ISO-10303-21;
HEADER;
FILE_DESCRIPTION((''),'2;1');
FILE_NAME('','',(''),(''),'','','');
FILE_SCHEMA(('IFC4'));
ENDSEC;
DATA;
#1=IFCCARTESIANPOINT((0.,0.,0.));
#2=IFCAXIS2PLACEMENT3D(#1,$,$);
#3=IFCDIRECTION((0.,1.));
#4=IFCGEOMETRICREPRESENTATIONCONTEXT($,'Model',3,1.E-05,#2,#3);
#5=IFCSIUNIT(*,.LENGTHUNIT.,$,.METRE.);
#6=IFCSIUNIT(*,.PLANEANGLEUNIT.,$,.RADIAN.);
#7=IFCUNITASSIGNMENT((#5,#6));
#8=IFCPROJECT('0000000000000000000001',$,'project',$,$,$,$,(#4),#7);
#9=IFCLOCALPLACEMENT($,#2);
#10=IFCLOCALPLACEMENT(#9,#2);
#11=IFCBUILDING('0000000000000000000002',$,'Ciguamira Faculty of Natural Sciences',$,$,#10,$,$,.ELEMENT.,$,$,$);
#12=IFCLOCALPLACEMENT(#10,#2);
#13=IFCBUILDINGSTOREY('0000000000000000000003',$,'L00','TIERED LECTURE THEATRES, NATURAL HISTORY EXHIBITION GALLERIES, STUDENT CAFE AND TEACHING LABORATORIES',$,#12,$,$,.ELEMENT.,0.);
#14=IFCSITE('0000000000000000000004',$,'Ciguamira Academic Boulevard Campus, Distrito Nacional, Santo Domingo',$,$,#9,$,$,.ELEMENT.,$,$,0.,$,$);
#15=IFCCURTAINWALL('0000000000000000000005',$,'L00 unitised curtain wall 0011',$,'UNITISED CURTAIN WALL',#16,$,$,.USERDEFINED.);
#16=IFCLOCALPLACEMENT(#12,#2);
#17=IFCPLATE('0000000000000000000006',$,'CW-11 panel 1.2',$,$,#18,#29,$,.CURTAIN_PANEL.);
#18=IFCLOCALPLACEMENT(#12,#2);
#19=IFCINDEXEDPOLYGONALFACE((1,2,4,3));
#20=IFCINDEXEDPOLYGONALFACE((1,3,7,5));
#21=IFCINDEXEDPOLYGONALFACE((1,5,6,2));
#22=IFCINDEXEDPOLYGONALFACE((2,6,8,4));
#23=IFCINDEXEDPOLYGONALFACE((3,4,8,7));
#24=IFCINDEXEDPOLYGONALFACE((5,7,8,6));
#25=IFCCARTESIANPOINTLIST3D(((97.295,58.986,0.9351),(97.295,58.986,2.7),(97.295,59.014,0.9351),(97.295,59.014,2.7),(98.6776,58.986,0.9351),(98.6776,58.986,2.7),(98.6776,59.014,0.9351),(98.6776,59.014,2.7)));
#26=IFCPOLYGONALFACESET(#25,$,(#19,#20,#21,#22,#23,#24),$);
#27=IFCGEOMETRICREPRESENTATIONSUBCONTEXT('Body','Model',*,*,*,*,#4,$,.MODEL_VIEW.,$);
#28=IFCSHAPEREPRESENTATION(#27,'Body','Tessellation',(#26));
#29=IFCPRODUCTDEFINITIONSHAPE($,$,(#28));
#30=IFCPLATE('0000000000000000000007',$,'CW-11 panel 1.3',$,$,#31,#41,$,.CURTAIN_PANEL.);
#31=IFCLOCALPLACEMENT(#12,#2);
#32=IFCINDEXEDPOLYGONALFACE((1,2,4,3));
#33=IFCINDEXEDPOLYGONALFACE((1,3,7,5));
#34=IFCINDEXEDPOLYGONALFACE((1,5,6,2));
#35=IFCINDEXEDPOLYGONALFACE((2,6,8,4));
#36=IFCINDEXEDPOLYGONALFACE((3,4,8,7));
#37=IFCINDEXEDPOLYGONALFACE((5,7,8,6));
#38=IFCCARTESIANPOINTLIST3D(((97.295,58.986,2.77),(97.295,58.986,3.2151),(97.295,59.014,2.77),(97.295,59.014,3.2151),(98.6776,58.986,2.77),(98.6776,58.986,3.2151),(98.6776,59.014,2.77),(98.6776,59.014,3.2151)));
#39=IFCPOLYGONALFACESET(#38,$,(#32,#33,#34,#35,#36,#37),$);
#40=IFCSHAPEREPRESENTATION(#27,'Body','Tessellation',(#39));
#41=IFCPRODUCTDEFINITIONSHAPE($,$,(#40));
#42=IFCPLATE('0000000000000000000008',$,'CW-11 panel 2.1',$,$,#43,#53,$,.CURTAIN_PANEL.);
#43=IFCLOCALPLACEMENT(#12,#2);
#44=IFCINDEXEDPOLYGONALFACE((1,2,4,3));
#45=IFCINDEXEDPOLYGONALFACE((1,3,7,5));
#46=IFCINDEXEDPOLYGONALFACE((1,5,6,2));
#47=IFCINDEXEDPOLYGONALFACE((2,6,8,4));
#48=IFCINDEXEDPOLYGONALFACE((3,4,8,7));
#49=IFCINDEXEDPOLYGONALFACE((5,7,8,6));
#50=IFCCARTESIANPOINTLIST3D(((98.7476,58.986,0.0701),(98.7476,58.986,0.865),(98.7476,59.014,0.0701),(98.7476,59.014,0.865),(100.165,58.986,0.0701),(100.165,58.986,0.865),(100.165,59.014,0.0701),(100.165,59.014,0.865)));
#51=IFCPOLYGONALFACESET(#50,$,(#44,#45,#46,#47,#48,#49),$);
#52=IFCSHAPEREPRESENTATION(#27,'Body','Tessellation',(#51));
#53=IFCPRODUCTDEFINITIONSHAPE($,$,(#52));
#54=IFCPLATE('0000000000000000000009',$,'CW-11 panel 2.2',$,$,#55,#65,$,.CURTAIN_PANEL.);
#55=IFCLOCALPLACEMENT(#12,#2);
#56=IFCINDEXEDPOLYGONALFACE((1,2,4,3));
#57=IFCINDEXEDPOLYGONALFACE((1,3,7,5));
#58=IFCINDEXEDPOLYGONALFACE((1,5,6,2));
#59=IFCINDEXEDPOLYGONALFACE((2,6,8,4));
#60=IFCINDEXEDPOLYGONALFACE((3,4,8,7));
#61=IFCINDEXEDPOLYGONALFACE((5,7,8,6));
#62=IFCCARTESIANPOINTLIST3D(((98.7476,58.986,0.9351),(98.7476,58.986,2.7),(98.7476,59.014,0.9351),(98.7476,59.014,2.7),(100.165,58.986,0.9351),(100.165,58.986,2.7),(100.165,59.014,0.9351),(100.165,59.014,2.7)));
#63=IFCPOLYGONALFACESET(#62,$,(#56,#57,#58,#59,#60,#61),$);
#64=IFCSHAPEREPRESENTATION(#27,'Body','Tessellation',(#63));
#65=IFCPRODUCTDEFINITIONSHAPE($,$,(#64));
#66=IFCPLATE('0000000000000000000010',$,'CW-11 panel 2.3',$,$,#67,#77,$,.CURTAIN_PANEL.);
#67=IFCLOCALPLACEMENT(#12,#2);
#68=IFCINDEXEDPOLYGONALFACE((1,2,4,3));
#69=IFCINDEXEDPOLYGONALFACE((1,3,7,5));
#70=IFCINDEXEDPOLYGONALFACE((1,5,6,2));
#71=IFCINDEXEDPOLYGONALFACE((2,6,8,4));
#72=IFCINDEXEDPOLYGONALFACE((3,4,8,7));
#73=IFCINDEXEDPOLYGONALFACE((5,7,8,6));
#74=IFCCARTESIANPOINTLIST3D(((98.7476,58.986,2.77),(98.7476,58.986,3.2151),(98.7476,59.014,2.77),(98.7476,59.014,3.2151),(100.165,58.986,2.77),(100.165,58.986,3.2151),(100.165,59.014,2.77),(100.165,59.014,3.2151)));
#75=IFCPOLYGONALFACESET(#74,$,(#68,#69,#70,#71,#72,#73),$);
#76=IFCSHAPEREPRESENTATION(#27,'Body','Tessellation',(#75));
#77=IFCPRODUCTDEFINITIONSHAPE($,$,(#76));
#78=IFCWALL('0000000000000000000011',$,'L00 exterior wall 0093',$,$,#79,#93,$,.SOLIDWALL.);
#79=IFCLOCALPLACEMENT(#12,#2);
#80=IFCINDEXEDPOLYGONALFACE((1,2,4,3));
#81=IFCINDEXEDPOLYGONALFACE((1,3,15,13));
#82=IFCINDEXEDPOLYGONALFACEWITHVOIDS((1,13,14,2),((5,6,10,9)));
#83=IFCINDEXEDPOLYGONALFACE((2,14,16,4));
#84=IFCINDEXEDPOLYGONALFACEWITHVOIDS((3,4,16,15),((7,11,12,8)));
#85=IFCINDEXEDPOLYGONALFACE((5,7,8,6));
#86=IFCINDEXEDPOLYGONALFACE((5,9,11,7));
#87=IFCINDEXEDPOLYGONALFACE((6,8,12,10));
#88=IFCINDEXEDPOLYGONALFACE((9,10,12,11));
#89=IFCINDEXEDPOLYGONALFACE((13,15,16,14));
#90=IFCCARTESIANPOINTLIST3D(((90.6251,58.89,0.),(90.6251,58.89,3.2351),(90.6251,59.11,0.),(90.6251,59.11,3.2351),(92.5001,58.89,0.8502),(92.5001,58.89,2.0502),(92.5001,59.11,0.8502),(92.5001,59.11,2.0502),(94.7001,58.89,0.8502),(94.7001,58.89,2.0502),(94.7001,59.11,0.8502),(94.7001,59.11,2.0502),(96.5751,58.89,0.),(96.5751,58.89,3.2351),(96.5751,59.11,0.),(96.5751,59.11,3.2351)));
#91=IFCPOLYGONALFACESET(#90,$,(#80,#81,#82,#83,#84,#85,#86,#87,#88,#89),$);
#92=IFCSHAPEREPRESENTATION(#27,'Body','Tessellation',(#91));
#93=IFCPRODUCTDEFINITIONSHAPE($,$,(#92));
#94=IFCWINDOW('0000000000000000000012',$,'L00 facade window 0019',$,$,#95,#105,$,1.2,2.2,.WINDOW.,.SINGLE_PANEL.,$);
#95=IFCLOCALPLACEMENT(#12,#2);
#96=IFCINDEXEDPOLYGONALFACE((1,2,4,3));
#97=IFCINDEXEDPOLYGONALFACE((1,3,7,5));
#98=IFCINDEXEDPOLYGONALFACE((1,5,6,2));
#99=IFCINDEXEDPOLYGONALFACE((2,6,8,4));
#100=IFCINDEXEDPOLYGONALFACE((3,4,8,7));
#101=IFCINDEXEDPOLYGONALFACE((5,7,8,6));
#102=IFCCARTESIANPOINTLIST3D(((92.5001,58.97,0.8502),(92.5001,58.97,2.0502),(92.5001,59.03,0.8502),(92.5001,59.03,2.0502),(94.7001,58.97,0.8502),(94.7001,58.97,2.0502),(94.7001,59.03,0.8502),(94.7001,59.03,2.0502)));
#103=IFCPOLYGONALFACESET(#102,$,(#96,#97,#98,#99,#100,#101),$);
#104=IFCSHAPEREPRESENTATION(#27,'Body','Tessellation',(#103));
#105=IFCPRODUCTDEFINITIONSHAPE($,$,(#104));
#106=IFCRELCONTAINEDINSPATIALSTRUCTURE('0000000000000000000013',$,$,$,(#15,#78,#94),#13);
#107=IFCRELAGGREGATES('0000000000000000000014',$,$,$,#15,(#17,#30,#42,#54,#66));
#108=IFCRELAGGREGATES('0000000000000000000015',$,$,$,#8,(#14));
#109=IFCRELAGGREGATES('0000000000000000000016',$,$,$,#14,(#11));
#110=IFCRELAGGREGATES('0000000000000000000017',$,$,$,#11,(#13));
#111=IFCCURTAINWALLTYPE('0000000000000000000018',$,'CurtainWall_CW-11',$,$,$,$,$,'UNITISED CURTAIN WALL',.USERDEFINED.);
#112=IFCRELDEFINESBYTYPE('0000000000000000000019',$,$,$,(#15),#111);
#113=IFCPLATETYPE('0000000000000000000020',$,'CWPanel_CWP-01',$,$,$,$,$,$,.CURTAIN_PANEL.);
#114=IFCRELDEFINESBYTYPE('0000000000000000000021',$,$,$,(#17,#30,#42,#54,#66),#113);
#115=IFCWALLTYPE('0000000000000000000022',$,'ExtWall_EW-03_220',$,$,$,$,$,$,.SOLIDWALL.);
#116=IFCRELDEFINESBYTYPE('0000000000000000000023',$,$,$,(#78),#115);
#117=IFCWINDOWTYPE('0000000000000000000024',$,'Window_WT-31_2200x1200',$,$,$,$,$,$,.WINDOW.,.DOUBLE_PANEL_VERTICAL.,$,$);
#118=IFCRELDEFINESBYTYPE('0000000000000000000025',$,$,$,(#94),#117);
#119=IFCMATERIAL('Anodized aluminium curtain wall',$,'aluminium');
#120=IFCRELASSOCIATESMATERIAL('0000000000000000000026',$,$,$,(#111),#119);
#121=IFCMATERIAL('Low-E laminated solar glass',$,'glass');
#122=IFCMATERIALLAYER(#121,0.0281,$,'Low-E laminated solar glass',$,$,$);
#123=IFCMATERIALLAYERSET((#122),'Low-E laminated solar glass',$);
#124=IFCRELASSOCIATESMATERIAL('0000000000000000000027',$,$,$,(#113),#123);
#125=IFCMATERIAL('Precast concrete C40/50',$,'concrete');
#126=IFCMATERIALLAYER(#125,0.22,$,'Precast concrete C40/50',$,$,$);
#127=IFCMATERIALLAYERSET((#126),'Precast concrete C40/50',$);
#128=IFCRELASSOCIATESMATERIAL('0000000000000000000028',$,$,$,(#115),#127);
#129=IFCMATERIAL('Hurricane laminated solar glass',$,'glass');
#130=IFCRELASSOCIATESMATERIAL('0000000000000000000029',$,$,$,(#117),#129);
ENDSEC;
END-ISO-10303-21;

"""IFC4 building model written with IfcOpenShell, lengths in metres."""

from ifc_helpers import new_model, si_unit, direction, frame, frame_2d, origin, origin_2d, place, context, subcontext, project, spatial, rectangle, extrude, material, layer, layer_set, type_object, element, fill, aggregate, save


model = new_model("IFC4")

# Units and contexts
model_context = context("Model", 3, precision=1e-05, world=origin(), true_north=direction((0.0, 1.0)))
body_context = subcontext(model_context, "Body", "Model", "MODEL_VIEW")
ifc_project = project(units=[si_unit("LENGTHUNIT", "METRE"), si_unit("PLANEANGLEUNIT", "RADIAN")], contexts=[model_context])

# Site, building, storey
site_placement = place(None, origin())
site = spatial("IfcSite", under=ifc_project, at=site_placement, Name="Ciguamira Academic Boulevard Campus, Distrito Nacional, Santo Domingo", CompositionType="ELEMENT", RefElevation=0.0)
building_placement = place(site_placement, origin())
building = spatial("IfcBuilding", under=site, at=building_placement, Name="Ciguamira Faculty of Natural Sciences", CompositionType="ELEMENT")
storey_placement = place(building_placement, origin())
storey = spatial("IfcBuildingStorey", under=building, at=storey_placement, Name="L00", Description="TIERED LECTURE THEATRES, NATURAL HISTORY EXHIBITION GALLERIES, STUDENT CAFE AND TEACHING LABORATORIES", CompositionType="ELEMENT", Elevation=0.0)

# Curtain wall
ifc_material_1 = material(Name="Anodized aluminium curtain wall", Category="aluminium")
curtain_wall_type = type_object("IfcCurtainWallType", Name="CurtainWall_CW-11", ElementType="UNITISED CURTAIN WALL", PredefinedType="USERDEFINED", material=ifc_material_1)
curtain_wall_placement = place(storey_placement, origin())
curtain_wall = element("IfcCurtainWall", 1, at=curtain_wall_placement, inside=storey, type_object=curtain_wall_type, Name="L00 unitised curtain wall 0011", ObjectType="UNITISED CURTAIN WALL", PredefinedType="USERDEFINED")

# Plates
ifc_material_2 = material(Name="Low-E laminated solar glass", Category="glass")
ifc_layer_1 = layer(ifc_material_2, 0.0281, Name="Low-E laminated solar glass")
ifc_layer_set_1 = layer_set([ifc_layer_1], Name="Low-E laminated solar glass")
plate_type = type_object("IfcPlateType", Name="CWPanel_CWP-01", PredefinedType="CURTAIN_PANEL", material=ifc_layer_set_1)
plate_1_placement = place(storey_placement, frame((97.9863, 59.0, 0.9351), z_axis=(0.0, 0.0, 1.0), x_axis=(1.0, 0.0, 0.0)))
plate_1 = element("IfcPlate", 2, at=plate_1_placement, type_object=plate_type, Name="CW-11 panel 1.2", PredefinedType="CURTAIN_PANEL", context=body_context, shape_type="SweptSolid", body=[
    extrude(rectangle(XDim=1.3826, YDim=0.0281, at=origin_2d()), origin(), (0.0, 0.0, 1.0), 1.7649),
])
plate_2_placement = place(storey_placement, frame((97.9863, 59.0, 2.77), z_axis=(0.0, 0.0, 1.0), x_axis=(1.0, 0.0, 0.0)))
plate_2 = element("IfcPlate", 3, at=plate_2_placement, type_object=plate_type, Name="CW-11 panel 1.3", PredefinedType="CURTAIN_PANEL", context=body_context, shape_type="SweptSolid", body=[
    extrude(rectangle(XDim=1.3826, YDim=0.0281, at=origin_2d()), origin(), (0.0, 0.0, 1.0), 0.4451),
])
plate_3_placement = place(storey_placement, frame((99.4563, 59.0, 0.0701), z_axis=(0.0, 0.0, 1.0), x_axis=(1.0, 0.0, 0.0)))
plate_3 = element("IfcPlate", 4, at=plate_3_placement, type_object=plate_type, Name="CW-11 panel 2.1", PredefinedType="CURTAIN_PANEL", context=body_context, shape_type="SweptSolid", body=[
    extrude(rectangle(XDim=1.4175, YDim=0.0281, at=origin_2d()), origin(), (0.0, 0.0, 1.0), 0.7949),
])
plate_4_placement = place(storey_placement, frame((99.4563, 59.0, 0.9351), z_axis=(0.0, 0.0, 1.0), x_axis=(1.0, 0.0, 0.0)))
plate_4 = element("IfcPlate", 5, at=plate_4_placement, type_object=plate_type, Name="CW-11 panel 2.2", PredefinedType="CURTAIN_PANEL", context=body_context, shape_type="SweptSolid", body=[
    extrude(rectangle(XDim=1.4175, YDim=0.0281, at=origin_2d()), origin(), (0.0, 0.0, 1.0), 1.7649),
])
plate_5_placement = place(storey_placement, frame((99.4563, 59.0, 2.77), z_axis=(0.0, 0.0, 1.0), x_axis=(1.0, 0.0, 0.0)))
plate_5 = element("IfcPlate", 6, at=plate_5_placement, type_object=plate_type, Name="CW-11 panel 2.3", PredefinedType="CURTAIN_PANEL", context=body_context, shape_type="SweptSolid", body=[
    extrude(rectangle(XDim=1.4175, YDim=0.0281, at=origin_2d()), origin(), (0.0, 0.0, 1.0), 0.4451),
])
aggregate(curtain_wall, [plate_1, plate_2, plate_3, plate_4, plate_5])

# Wall, opening, window
ifc_material_3 = material(Name="Precast concrete C40/50", Category="concrete")
ifc_layer_2 = layer(ifc_material_3, 0.22, Name="Precast concrete C40/50")
ifc_layer_set_2 = layer_set([ifc_layer_2], Name="Precast concrete C40/50")
wall_type = type_object("IfcWallType", Name="ExtWall_EW-03_220", PredefinedType="SOLIDWALL", material=ifc_layer_set_2)
wall_placement = place(storey_placement, frame((90.625, 59.0, 0.0), z_axis=(0.0, 0.0, 1.0), x_axis=(1.0, 0.0, 0.0)))
wall = element("IfcWall", 7, at=wall_placement, inside=storey, type_object=wall_type, Name="L00 exterior wall 0093", PredefinedType="SOLIDWALL", context=body_context, shape_type="SweptSolid", body=[
    extrude(rectangle(XDim=5.95, YDim=0.22, at=frame_2d((2.9751, 0.0))), origin(), (0.0, 0.0, 1.0), 3.2351),
])
opening_placement = place(wall_placement, frame((1.875, 0.0, 0.8501)))
opening = element("IfcOpeningElement", 8, at=opening_placement, cuts=wall, PredefinedType="OPENING", context=body_context, shape_type="SweptSolid", body=[
    extrude(rectangle(XDim=2.2, YDim=1.2, at=frame_2d((1.1001, 0.6001))), frame((0.0, 0.1199, 0.0), z_axis=(0.0, -1.0, 0.0), x_axis=(1.0, 0.0, 0.0)), (0.0, 0.0, 1.0), 0.24),
])
ifc_material_4 = material(Name="Hurricane laminated solar glass", Category="glass")
window_type = type_object("IfcWindowType", Name="Window_WT-31_2200x1200", PartitioningType="DOUBLE_PANEL_VERTICAL", PredefinedType="WINDOW", material=ifc_material_4)
window_placement = place(opening_placement, origin())
window = element("IfcWindow", 9, at=window_placement, inside=storey, type_object=window_type, Name="L00 facade window 0019", OverallHeight=1.2, OverallWidth=2.2, PartitioningType="SINGLE_PANEL", PredefinedType="WINDOW", context=body_context, shape_type="SweptSolid", body=[
    extrude(rectangle(XDim=2.2, YDim=1.2, at=frame_2d((1.1001, 0.6001))), frame((0.0, 0.03, 0.0), z_axis=(0.0, -1.0, 0.0), x_axis=(1.0, 0.0, 0.0)), (0.0, 0.0, 1.0), 0.0601),
])
fill(opening, window)

save(model, "model.ifc")
